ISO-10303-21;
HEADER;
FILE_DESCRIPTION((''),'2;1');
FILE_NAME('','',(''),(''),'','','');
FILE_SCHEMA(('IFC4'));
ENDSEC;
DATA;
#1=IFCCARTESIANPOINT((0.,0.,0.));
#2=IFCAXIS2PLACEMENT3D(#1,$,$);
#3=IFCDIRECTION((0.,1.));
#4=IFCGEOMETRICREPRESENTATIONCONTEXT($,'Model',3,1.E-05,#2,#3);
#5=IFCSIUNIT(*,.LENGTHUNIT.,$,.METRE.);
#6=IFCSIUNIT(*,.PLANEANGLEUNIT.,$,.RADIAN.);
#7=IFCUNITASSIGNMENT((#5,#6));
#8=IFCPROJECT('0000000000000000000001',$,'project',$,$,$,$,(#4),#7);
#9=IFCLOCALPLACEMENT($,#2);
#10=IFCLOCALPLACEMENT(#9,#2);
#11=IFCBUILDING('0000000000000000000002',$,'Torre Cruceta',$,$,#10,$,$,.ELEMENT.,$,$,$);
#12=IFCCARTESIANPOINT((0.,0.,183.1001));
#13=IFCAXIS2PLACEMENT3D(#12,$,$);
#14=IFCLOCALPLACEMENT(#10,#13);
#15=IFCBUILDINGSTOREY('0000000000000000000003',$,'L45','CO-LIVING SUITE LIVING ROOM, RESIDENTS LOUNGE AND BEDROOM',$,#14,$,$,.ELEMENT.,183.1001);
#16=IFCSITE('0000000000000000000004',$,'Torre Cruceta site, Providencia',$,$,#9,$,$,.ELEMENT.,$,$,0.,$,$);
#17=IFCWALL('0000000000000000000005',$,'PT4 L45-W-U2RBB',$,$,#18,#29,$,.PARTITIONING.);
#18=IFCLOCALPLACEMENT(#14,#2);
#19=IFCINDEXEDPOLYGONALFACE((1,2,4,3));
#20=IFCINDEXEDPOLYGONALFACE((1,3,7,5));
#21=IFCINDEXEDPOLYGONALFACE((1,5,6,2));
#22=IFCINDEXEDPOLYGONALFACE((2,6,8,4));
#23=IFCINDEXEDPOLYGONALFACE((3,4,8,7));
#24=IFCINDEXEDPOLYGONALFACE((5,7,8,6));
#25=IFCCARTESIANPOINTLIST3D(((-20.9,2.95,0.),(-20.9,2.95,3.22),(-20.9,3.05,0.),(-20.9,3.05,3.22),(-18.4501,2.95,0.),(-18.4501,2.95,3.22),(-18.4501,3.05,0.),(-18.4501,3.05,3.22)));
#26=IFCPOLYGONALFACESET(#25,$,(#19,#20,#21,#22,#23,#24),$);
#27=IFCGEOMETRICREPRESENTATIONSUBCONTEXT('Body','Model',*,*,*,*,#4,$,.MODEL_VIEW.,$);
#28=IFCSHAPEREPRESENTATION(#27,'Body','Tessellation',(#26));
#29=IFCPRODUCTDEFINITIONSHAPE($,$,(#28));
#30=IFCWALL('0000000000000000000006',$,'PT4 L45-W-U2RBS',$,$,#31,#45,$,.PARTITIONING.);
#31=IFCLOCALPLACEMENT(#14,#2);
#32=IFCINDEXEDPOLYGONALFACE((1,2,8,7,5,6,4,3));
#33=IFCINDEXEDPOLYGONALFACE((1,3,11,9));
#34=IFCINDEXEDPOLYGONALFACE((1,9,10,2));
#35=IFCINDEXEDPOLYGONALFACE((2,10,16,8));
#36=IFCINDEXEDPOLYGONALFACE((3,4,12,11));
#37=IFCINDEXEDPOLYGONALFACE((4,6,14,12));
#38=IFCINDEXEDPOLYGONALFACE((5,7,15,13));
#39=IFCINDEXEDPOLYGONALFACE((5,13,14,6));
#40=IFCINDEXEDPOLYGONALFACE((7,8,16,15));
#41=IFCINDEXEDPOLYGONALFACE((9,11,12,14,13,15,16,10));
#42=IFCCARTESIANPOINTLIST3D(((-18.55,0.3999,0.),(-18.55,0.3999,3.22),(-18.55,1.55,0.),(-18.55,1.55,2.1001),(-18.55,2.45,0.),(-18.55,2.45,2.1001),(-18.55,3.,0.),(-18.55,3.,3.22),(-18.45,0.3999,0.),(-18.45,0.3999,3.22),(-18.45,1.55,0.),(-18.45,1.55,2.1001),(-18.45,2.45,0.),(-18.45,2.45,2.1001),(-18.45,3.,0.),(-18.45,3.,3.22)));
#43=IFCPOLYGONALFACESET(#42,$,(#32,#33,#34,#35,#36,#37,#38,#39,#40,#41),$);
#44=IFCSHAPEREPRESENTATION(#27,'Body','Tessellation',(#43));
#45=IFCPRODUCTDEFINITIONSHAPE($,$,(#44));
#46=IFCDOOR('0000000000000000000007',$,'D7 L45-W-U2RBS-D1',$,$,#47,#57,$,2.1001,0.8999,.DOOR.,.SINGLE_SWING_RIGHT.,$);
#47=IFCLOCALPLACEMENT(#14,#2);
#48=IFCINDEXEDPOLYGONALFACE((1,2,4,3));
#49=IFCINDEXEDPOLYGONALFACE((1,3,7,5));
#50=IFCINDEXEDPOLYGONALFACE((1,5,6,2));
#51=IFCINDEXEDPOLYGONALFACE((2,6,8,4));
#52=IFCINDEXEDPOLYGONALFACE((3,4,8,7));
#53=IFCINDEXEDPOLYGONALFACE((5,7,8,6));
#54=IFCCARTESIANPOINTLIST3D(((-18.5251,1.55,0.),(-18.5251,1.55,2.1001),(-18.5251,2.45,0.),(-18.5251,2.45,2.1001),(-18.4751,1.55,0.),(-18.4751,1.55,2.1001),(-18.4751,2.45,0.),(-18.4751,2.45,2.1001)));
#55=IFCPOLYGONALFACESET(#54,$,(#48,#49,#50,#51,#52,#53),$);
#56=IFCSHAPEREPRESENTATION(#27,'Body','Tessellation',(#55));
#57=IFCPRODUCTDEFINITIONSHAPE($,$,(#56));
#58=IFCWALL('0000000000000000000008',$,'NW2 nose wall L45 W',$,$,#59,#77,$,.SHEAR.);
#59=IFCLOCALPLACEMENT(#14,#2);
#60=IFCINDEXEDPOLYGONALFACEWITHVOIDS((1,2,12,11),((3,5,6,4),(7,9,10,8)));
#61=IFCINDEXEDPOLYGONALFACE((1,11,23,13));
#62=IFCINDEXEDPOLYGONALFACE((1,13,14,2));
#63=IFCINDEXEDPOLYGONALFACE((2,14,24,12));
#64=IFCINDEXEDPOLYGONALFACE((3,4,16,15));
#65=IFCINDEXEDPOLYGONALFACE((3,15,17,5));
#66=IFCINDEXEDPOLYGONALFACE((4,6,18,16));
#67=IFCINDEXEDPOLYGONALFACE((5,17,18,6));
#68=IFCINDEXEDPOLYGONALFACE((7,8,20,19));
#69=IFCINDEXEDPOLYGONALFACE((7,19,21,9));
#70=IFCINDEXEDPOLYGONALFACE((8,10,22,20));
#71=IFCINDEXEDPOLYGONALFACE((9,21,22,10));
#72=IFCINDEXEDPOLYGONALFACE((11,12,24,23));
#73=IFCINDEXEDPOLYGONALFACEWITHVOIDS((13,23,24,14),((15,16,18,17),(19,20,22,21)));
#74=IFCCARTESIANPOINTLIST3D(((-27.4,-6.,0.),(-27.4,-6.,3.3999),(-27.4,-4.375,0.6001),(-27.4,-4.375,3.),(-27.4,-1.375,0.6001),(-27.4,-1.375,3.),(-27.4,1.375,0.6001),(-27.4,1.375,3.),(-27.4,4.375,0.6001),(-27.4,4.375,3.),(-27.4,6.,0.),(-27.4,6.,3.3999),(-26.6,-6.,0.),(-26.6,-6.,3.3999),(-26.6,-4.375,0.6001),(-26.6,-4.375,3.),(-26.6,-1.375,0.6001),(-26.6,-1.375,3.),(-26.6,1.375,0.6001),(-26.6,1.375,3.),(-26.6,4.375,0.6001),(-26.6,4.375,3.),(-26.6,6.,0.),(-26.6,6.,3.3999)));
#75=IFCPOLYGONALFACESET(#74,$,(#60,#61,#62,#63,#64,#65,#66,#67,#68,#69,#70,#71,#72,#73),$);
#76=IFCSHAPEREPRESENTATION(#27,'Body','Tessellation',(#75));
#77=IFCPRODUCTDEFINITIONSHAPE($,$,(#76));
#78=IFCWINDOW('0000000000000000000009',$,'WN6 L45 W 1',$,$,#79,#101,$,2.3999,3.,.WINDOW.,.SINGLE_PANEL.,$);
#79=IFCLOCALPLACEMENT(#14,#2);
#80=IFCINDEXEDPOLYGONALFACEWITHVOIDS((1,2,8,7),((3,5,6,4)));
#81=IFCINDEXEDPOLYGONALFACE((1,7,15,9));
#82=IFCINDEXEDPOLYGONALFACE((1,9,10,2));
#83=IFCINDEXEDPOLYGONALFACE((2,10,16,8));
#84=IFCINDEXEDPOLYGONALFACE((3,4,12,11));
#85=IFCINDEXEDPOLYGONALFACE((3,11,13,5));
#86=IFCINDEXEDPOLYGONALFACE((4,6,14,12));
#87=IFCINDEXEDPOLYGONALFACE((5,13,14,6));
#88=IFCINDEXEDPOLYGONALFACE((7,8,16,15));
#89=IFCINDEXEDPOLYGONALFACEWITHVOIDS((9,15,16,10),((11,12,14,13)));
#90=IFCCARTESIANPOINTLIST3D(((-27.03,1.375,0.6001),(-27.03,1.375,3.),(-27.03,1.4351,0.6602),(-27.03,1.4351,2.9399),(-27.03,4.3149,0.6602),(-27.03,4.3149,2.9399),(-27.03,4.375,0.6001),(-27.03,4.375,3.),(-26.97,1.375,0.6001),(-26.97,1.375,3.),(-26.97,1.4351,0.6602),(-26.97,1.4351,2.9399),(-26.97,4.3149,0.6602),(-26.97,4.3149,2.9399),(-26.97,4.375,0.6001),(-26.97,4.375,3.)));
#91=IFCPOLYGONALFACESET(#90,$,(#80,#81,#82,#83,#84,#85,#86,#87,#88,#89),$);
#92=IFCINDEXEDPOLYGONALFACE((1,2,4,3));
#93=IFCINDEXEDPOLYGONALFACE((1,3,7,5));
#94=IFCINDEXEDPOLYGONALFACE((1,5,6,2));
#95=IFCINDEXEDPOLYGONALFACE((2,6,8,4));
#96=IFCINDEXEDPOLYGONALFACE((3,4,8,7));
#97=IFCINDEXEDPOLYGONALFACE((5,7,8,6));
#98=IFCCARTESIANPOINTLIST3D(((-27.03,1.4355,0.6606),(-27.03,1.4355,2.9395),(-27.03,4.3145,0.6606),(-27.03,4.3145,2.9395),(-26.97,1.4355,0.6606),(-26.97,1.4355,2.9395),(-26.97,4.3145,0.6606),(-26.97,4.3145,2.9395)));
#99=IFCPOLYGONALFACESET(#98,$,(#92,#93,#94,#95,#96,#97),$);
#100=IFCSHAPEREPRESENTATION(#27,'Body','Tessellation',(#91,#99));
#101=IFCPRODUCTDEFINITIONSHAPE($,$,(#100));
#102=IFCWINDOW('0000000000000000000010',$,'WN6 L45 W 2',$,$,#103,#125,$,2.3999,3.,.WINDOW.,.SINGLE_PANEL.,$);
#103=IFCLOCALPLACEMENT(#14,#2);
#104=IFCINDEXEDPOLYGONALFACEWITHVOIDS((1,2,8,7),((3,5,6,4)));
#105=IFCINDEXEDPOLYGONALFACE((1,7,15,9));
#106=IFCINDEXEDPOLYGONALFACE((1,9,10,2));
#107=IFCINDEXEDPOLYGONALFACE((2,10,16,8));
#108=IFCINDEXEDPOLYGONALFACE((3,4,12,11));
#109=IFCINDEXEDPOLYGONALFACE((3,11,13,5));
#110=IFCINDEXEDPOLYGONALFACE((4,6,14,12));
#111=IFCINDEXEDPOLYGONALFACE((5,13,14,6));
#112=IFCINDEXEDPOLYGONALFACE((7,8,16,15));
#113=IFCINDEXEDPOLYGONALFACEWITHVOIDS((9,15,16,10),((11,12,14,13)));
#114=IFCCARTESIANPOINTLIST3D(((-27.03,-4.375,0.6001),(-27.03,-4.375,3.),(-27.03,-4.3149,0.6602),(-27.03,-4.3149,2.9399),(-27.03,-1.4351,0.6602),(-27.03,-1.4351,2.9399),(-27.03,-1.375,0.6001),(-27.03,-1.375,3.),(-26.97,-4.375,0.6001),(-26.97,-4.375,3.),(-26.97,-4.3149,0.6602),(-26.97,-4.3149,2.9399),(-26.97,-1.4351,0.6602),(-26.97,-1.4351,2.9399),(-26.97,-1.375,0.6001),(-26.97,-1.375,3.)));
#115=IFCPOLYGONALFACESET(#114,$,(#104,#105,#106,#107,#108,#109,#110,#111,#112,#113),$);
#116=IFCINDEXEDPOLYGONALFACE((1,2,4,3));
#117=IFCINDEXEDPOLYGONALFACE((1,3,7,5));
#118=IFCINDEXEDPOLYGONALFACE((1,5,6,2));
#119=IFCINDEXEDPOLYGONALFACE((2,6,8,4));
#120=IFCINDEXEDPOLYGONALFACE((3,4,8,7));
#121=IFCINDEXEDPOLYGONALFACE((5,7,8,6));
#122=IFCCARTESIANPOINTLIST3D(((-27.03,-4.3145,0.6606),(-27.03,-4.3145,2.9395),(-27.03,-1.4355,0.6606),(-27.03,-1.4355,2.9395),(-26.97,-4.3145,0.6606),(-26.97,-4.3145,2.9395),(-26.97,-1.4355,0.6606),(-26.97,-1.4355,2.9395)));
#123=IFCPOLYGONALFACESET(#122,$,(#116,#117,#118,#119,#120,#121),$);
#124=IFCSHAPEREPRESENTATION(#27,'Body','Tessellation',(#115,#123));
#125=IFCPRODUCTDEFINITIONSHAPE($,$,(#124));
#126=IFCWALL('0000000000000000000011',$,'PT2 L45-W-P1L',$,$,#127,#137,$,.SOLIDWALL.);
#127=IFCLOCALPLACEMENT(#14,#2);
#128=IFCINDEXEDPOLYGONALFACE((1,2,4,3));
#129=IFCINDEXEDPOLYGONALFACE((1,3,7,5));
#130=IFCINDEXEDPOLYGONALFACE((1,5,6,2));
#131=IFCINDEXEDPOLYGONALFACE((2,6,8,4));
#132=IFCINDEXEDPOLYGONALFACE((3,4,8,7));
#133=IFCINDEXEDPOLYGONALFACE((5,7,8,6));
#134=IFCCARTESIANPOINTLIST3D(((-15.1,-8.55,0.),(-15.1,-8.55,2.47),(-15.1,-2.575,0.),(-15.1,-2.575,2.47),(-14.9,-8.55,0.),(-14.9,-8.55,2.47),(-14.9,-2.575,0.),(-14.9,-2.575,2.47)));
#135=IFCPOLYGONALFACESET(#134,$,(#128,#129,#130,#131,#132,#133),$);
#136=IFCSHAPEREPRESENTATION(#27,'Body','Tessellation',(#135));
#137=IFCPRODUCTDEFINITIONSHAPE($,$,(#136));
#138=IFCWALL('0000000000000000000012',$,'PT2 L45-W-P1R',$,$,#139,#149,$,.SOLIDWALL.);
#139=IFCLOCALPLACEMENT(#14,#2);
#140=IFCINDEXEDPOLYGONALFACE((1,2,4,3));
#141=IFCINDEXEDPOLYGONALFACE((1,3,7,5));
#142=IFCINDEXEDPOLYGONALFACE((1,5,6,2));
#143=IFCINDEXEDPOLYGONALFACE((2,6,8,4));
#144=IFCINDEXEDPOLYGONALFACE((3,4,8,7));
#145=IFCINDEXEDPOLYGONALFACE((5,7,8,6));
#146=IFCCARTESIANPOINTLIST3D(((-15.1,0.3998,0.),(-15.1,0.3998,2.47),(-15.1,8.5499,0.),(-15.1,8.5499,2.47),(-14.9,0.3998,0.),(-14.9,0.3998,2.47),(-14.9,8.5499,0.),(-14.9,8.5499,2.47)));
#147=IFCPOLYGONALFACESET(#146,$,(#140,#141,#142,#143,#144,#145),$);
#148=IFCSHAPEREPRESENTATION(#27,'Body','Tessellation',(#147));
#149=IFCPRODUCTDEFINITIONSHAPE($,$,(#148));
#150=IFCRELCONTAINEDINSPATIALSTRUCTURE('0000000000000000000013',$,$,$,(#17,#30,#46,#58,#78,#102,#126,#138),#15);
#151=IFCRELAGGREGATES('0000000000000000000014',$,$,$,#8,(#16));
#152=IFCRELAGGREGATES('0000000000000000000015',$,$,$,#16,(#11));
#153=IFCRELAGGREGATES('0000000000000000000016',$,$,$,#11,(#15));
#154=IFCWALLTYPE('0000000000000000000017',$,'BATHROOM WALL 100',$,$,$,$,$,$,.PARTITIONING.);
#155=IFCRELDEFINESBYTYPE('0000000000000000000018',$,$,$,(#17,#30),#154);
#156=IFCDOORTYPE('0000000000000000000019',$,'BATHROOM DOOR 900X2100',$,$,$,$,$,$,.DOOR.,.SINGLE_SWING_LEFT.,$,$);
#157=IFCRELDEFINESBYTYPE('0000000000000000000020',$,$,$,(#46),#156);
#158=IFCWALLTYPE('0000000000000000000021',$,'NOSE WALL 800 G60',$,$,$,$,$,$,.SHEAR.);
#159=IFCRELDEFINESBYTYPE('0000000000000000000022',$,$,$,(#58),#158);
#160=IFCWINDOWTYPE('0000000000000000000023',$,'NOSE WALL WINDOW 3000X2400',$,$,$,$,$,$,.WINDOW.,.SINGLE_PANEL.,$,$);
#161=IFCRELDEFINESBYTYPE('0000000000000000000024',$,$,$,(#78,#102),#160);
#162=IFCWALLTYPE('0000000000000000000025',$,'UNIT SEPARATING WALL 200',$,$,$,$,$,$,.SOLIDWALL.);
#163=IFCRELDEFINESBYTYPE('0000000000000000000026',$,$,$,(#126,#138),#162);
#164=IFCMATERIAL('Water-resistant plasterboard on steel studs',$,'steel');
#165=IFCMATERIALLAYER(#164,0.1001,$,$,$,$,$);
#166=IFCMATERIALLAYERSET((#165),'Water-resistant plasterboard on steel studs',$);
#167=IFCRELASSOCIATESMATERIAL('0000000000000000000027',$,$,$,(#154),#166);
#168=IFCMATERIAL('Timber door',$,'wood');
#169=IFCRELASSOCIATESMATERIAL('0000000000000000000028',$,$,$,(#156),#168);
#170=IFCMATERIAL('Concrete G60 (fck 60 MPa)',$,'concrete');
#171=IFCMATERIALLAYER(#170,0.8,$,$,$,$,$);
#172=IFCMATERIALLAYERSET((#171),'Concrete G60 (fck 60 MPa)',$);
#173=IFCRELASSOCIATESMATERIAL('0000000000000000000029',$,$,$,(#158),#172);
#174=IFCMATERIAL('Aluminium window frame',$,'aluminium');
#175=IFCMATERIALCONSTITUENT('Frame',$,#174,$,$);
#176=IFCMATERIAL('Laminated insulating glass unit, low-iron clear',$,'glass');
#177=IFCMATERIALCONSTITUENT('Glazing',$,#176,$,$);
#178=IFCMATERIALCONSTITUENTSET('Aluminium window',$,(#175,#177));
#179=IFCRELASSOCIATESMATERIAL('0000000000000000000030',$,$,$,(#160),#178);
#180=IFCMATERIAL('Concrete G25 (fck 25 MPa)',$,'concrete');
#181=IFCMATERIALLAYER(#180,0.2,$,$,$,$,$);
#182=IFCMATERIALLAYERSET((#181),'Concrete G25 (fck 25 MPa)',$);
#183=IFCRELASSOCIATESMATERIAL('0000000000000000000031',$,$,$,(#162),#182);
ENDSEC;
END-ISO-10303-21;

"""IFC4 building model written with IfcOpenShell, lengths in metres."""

from ifc_helpers import new_model, si_unit, direction, frame, frame_2d, origin, place, context, subcontext, project, spatial, rectangle, hollow_rectangle, extrude, material, layer, layer_set, constituent, constituent_set, type_object, element, fill, save


model = new_model("IFC4")

# Units and contexts
model_context = context("Model", 3, precision=1e-05, world=origin(), true_north=direction((0.0, 1.0)))
body_context = subcontext(model_context, "Body", "Model", "MODEL_VIEW")
ifc_project = project(units=[si_unit("LENGTHUNIT", "METRE"), si_unit("PLANEANGLEUNIT", "RADIAN")], contexts=[model_context])

# Site, building, storey
site_placement = place(None, origin())
site = spatial("IfcSite", under=ifc_project, at=site_placement, Name="Torre Cruceta site, Providencia", CompositionType="ELEMENT", RefElevation=0.0)
building_placement = place(site_placement, origin())
building = spatial("IfcBuilding", under=site, at=building_placement, Name="Torre Cruceta", CompositionType="ELEMENT")
storey_placement = place(building_placement, frame((0.0, 0.0, 183.1001)))
storey = spatial("IfcBuildingStorey", under=building, at=storey_placement, Name="L45", Description="CO-LIVING SUITE LIVING ROOM, RESIDENTS LOUNGE AND BEDROOM", CompositionType="ELEMENT", Elevation=183.1001)

# Wall
ifc_material_1 = material(Name="Water-resistant plasterboard on steel studs", Category="steel")
ifc_layer_1 = layer(ifc_material_1, 0.1001)
ifc_layer_set_1 = layer_set([ifc_layer_1], Name="Water-resistant plasterboard on steel studs")
wall_type_1 = type_object("IfcWallType", Name="BATHROOM WALL 100", PredefinedType="PARTITIONING", material=ifc_layer_set_1)
wall_1_placement = place(storey_placement, frame((-18.45, 3.0, 0.0), z_axis=(0.0, 0.0, 1.0), x_axis=(-1.0, 0.0, 0.0)))
element("IfcWall", 1, at=wall_1_placement, inside=storey, type_object=wall_type_1, Name="PT4 L45-W-U2RBB", PredefinedType="PARTITIONING", context=body_context, shape_type="SweptSolid", body=[
    extrude(rectangle(XDim=2.45, YDim=0.1001, at=frame_2d((1.2251, 0.0))), origin(), (0.0, 0.0, 1.0), 3.22),
])

# Wall, opening, door
wall_2_placement = place(storey_placement, frame((-18.5, 3.0, 0.0), z_axis=(0.0, 0.0, 1.0), x_axis=(0.0, -1.0, 0.0)))
wall_2 = element("IfcWall", 2, at=wall_2_placement, inside=storey, type_object=wall_type_1, Name="PT4 L45-W-U2RBS", PredefinedType="PARTITIONING", context=body_context, shape_type="SweptSolid", body=[
    extrude(rectangle(XDim=2.6001, YDim=0.1001, at=frame_2d((1.3, 0.0))), origin(), (0.0, 0.0, 1.0), 3.22),
])
opening_1_placement = place(wall_2_placement, frame((0.55, 0.0, 0.0)))
opening_1 = element("IfcOpeningElement", 3, at=opening_1_placement, cuts=wall_2, PredefinedType="OPENING", context=body_context, shape_type="SweptSolid", body=[
    extrude(rectangle(XDim=0.8999, YDim=2.1001, at=frame_2d((0.45, 1.05))), frame((0.0, 0.0601, 0.0), z_axis=(0.0, -1.0, 0.0), x_axis=(1.0, 0.0, 0.0)), (0.0, 0.0, 1.0), 0.1201),
])
ifc_material_2 = material(Name="Timber door", Category="wood")
door_type_1 = type_object("IfcDoorType", Name="BATHROOM DOOR 900X2100", OperationType="SINGLE_SWING_LEFT", PredefinedType="DOOR", material=ifc_material_2)
door_1_placement = place(opening_1_placement, frame((0.8999, 0.0, 0.0), z_axis=(0.0, 0.0, 1.0), x_axis=(-1.0, 0.0, 0.0)))
door_1 = element("IfcDoor", 4, at=door_1_placement, inside=storey, type_object=door_type_1, Name="D7 L45-W-U2RBS-D1", OperationType="SINGLE_SWING_RIGHT", OverallHeight=2.1001, OverallWidth=0.8999, PredefinedType="DOOR", context=body_context, shape_type="SweptSolid", body=[
    extrude(rectangle(XDim=0.8999, YDim=2.1001, at=frame_2d((0.45, 1.05))), frame((0.0, 0.0251, 0.0), z_axis=(0.0, -1.0, 0.0), x_axis=(1.0, 0.0, 0.0)), (0.0, 0.0, 1.0), 0.05),
])
fill(opening_1, door_1)

# Wall, openings, windows
ifc_material_3 = material(Name="Concrete G60 (fck 60 MPa)", Category="concrete")
ifc_layer_2 = layer(ifc_material_3, 0.8)
ifc_layer_set_2 = layer_set([ifc_layer_2], Name="Concrete G60 (fck 60 MPa)")
wall_type_2 = type_object("IfcWallType", Name="NOSE WALL 800 G60", PredefinedType="SHEAR", material=ifc_layer_set_2)
wall_3_placement = place(storey_placement, frame((-27.0, 6.0, 0.0), z_axis=(0.0, 0.0, 1.0), x_axis=(0.0, -1.0, 0.0)))
wall_3 = element("IfcWall", 5, at=wall_3_placement, inside=storey, type_object=wall_type_2, Name="NW2 nose wall L45 W", PredefinedType="SHEAR", context=body_context, shape_type="SweptSolid", body=[
    extrude(rectangle(XDim=12.0, YDim=0.8, at=frame_2d((6.0, 0.0))), origin(), (0.0, 0.0, 1.0), 3.3999),
])
opening_2_placement = place(wall_3_placement, frame((1.625, 0.0, 0.6001)))
opening_2 = element("IfcOpeningElement", 6, at=opening_2_placement, cuts=wall_3, PredefinedType="OPENING", context=body_context, shape_type="SweptSolid", body=[
    extrude(rectangle(XDim=3.0, YDim=2.3999, at=frame_2d((1.5, 1.2))), frame((0.0, 0.4099, 0.0), z_axis=(0.0, -1.0, 0.0), x_axis=(1.0, 0.0, 0.0)), (0.0, 0.0, 1.0), 0.8201),
])
opening_3_placement = place(wall_3_placement, frame((7.375, 0.0, 0.6001)))
opening_3 = element("IfcOpeningElement", 7, at=opening_3_placement, cuts=wall_3, PredefinedType="OPENING", context=body_context, shape_type="SweptSolid", body=[
    extrude(rectangle(XDim=3.0, YDim=2.3999, at=frame_2d((1.5, 1.2))), frame((0.0, 0.4099, 0.0), z_axis=(0.0, -1.0, 0.0), x_axis=(1.0, 0.0, 0.0)), (0.0, 0.0, 1.0), 0.8201),
])
ifc_material_4 = material(Name="Aluminium window frame", Category="aluminium")
ifc_constituent_1 = constituent(ifc_material_4, Name="Frame")
ifc_material_5 = material(Name="Laminated insulating glass unit, low-iron clear", Category="glass")
ifc_constituent_2 = constituent(ifc_material_5, Name="Glazing")
ifc_constituent_set_1 = constituent_set(constituents=[ifc_constituent_1, ifc_constituent_2], Name="Aluminium window")
window_type = type_object("IfcWindowType", Name="NOSE WALL WINDOW 3000X2400", PartitioningType="SINGLE_PANEL", PredefinedType="WINDOW", material=ifc_constituent_set_1)
window_1_placement = place(opening_2_placement, origin())
window_1 = element("IfcWindow", 8, at=window_1_placement, inside=storey, type_object=window_type, Name="WN6 L45 W 1", OverallHeight=2.3999, OverallWidth=3.0, PartitioningType="SINGLE_PANEL", PredefinedType="WINDOW", context=body_context, shape_type="SweptSolid", body=[
    extrude(hollow_rectangle(XDim=3.0, YDim=2.3999, WallThickness=0.0601, at=frame_2d((1.5, 1.2))), frame((0.0, 0.03, 0.0), z_axis=(0.0, -1.0, 0.0), x_axis=(1.0, 0.0, 0.0)), (0.0, 0.0, 1.0), 0.0601),
    extrude(rectangle(XDim=2.8789, YDim=2.2788, at=frame_2d((1.5, 1.2))), frame((0.0, 0.03, 0.0), z_axis=(0.0, -1.0, 0.0), x_axis=(1.0, 0.0, 0.0)), (0.0, 0.0, 1.0), 0.0601),
])
fill(opening_2, window_1)
window_2_placement = place(opening_3_placement, origin())
window_2 = element("IfcWindow", 9, at=window_2_placement, inside=storey, type_object=window_type, Name="WN6 L45 W 2", OverallHeight=2.3999, OverallWidth=3.0, PartitioningType="SINGLE_PANEL", PredefinedType="WINDOW", context=body_context, shape_type="SweptSolid", body=[
    extrude(hollow_rectangle(XDim=3.0, YDim=2.3999, WallThickness=0.0601, at=frame_2d((1.5, 1.2))), frame((0.0, 0.03, 0.0), z_axis=(0.0, -1.0, 0.0), x_axis=(1.0, 0.0, 0.0)), (0.0, 0.0, 1.0), 0.0601),
    extrude(rectangle(XDim=2.8789, YDim=2.2788, at=frame_2d((1.5, 1.2))), frame((0.0, 0.03, 0.0), z_axis=(0.0, -1.0, 0.0), x_axis=(1.0, 0.0, 0.0)), (0.0, 0.0, 1.0), 0.0601),
])
fill(opening_3, window_2)

# Walls
ifc_material_6 = material(Name="Concrete G25 (fck 25 MPa)", Category="concrete")
ifc_layer_3 = layer(ifc_material_6, 0.2)
ifc_layer_set_3 = layer_set([ifc_layer_3], Name="Concrete G25 (fck 25 MPa)")
wall_type_3 = type_object("IfcWallType", Name="UNIT SEPARATING WALL 200", PredefinedType="SOLIDWALL", material=ifc_layer_set_3)
wall_4_placement = place(storey_placement, frame((-15.0, -2.575, 0.0), z_axis=(0.0, 0.0, 1.0), x_axis=(0.0, -1.0, 0.0)))
element("IfcWall", 10, at=wall_4_placement, inside=storey, type_object=wall_type_3, Name="PT2 L45-W-P1L", PredefinedType="SOLIDWALL", context=body_context, shape_type="SweptSolid", body=[
    extrude(rectangle(XDim=5.9751, YDim=0.2, at=frame_2d((2.9875, 0.0))), origin(), (0.0, 0.0, 1.0), 2.47),
])
wall_5_placement = place(storey_placement, frame((-15.0, 8.55, 0.0), z_axis=(0.0, 0.0, 1.0), x_axis=(0.0, -1.0, 0.0)))
element("IfcWall", 11, at=wall_5_placement, inside=storey, type_object=wall_type_3, Name="PT2 L45-W-P1R", PredefinedType="SOLIDWALL", context=body_context, shape_type="SweptSolid", body=[
    extrude(rectangle(XDim=8.1501, YDim=0.2, at=frame_2d((4.0752, 0.0))), origin(), (0.0, 0.0, 1.0), 2.47),
])

save(model, "model.ifc")
